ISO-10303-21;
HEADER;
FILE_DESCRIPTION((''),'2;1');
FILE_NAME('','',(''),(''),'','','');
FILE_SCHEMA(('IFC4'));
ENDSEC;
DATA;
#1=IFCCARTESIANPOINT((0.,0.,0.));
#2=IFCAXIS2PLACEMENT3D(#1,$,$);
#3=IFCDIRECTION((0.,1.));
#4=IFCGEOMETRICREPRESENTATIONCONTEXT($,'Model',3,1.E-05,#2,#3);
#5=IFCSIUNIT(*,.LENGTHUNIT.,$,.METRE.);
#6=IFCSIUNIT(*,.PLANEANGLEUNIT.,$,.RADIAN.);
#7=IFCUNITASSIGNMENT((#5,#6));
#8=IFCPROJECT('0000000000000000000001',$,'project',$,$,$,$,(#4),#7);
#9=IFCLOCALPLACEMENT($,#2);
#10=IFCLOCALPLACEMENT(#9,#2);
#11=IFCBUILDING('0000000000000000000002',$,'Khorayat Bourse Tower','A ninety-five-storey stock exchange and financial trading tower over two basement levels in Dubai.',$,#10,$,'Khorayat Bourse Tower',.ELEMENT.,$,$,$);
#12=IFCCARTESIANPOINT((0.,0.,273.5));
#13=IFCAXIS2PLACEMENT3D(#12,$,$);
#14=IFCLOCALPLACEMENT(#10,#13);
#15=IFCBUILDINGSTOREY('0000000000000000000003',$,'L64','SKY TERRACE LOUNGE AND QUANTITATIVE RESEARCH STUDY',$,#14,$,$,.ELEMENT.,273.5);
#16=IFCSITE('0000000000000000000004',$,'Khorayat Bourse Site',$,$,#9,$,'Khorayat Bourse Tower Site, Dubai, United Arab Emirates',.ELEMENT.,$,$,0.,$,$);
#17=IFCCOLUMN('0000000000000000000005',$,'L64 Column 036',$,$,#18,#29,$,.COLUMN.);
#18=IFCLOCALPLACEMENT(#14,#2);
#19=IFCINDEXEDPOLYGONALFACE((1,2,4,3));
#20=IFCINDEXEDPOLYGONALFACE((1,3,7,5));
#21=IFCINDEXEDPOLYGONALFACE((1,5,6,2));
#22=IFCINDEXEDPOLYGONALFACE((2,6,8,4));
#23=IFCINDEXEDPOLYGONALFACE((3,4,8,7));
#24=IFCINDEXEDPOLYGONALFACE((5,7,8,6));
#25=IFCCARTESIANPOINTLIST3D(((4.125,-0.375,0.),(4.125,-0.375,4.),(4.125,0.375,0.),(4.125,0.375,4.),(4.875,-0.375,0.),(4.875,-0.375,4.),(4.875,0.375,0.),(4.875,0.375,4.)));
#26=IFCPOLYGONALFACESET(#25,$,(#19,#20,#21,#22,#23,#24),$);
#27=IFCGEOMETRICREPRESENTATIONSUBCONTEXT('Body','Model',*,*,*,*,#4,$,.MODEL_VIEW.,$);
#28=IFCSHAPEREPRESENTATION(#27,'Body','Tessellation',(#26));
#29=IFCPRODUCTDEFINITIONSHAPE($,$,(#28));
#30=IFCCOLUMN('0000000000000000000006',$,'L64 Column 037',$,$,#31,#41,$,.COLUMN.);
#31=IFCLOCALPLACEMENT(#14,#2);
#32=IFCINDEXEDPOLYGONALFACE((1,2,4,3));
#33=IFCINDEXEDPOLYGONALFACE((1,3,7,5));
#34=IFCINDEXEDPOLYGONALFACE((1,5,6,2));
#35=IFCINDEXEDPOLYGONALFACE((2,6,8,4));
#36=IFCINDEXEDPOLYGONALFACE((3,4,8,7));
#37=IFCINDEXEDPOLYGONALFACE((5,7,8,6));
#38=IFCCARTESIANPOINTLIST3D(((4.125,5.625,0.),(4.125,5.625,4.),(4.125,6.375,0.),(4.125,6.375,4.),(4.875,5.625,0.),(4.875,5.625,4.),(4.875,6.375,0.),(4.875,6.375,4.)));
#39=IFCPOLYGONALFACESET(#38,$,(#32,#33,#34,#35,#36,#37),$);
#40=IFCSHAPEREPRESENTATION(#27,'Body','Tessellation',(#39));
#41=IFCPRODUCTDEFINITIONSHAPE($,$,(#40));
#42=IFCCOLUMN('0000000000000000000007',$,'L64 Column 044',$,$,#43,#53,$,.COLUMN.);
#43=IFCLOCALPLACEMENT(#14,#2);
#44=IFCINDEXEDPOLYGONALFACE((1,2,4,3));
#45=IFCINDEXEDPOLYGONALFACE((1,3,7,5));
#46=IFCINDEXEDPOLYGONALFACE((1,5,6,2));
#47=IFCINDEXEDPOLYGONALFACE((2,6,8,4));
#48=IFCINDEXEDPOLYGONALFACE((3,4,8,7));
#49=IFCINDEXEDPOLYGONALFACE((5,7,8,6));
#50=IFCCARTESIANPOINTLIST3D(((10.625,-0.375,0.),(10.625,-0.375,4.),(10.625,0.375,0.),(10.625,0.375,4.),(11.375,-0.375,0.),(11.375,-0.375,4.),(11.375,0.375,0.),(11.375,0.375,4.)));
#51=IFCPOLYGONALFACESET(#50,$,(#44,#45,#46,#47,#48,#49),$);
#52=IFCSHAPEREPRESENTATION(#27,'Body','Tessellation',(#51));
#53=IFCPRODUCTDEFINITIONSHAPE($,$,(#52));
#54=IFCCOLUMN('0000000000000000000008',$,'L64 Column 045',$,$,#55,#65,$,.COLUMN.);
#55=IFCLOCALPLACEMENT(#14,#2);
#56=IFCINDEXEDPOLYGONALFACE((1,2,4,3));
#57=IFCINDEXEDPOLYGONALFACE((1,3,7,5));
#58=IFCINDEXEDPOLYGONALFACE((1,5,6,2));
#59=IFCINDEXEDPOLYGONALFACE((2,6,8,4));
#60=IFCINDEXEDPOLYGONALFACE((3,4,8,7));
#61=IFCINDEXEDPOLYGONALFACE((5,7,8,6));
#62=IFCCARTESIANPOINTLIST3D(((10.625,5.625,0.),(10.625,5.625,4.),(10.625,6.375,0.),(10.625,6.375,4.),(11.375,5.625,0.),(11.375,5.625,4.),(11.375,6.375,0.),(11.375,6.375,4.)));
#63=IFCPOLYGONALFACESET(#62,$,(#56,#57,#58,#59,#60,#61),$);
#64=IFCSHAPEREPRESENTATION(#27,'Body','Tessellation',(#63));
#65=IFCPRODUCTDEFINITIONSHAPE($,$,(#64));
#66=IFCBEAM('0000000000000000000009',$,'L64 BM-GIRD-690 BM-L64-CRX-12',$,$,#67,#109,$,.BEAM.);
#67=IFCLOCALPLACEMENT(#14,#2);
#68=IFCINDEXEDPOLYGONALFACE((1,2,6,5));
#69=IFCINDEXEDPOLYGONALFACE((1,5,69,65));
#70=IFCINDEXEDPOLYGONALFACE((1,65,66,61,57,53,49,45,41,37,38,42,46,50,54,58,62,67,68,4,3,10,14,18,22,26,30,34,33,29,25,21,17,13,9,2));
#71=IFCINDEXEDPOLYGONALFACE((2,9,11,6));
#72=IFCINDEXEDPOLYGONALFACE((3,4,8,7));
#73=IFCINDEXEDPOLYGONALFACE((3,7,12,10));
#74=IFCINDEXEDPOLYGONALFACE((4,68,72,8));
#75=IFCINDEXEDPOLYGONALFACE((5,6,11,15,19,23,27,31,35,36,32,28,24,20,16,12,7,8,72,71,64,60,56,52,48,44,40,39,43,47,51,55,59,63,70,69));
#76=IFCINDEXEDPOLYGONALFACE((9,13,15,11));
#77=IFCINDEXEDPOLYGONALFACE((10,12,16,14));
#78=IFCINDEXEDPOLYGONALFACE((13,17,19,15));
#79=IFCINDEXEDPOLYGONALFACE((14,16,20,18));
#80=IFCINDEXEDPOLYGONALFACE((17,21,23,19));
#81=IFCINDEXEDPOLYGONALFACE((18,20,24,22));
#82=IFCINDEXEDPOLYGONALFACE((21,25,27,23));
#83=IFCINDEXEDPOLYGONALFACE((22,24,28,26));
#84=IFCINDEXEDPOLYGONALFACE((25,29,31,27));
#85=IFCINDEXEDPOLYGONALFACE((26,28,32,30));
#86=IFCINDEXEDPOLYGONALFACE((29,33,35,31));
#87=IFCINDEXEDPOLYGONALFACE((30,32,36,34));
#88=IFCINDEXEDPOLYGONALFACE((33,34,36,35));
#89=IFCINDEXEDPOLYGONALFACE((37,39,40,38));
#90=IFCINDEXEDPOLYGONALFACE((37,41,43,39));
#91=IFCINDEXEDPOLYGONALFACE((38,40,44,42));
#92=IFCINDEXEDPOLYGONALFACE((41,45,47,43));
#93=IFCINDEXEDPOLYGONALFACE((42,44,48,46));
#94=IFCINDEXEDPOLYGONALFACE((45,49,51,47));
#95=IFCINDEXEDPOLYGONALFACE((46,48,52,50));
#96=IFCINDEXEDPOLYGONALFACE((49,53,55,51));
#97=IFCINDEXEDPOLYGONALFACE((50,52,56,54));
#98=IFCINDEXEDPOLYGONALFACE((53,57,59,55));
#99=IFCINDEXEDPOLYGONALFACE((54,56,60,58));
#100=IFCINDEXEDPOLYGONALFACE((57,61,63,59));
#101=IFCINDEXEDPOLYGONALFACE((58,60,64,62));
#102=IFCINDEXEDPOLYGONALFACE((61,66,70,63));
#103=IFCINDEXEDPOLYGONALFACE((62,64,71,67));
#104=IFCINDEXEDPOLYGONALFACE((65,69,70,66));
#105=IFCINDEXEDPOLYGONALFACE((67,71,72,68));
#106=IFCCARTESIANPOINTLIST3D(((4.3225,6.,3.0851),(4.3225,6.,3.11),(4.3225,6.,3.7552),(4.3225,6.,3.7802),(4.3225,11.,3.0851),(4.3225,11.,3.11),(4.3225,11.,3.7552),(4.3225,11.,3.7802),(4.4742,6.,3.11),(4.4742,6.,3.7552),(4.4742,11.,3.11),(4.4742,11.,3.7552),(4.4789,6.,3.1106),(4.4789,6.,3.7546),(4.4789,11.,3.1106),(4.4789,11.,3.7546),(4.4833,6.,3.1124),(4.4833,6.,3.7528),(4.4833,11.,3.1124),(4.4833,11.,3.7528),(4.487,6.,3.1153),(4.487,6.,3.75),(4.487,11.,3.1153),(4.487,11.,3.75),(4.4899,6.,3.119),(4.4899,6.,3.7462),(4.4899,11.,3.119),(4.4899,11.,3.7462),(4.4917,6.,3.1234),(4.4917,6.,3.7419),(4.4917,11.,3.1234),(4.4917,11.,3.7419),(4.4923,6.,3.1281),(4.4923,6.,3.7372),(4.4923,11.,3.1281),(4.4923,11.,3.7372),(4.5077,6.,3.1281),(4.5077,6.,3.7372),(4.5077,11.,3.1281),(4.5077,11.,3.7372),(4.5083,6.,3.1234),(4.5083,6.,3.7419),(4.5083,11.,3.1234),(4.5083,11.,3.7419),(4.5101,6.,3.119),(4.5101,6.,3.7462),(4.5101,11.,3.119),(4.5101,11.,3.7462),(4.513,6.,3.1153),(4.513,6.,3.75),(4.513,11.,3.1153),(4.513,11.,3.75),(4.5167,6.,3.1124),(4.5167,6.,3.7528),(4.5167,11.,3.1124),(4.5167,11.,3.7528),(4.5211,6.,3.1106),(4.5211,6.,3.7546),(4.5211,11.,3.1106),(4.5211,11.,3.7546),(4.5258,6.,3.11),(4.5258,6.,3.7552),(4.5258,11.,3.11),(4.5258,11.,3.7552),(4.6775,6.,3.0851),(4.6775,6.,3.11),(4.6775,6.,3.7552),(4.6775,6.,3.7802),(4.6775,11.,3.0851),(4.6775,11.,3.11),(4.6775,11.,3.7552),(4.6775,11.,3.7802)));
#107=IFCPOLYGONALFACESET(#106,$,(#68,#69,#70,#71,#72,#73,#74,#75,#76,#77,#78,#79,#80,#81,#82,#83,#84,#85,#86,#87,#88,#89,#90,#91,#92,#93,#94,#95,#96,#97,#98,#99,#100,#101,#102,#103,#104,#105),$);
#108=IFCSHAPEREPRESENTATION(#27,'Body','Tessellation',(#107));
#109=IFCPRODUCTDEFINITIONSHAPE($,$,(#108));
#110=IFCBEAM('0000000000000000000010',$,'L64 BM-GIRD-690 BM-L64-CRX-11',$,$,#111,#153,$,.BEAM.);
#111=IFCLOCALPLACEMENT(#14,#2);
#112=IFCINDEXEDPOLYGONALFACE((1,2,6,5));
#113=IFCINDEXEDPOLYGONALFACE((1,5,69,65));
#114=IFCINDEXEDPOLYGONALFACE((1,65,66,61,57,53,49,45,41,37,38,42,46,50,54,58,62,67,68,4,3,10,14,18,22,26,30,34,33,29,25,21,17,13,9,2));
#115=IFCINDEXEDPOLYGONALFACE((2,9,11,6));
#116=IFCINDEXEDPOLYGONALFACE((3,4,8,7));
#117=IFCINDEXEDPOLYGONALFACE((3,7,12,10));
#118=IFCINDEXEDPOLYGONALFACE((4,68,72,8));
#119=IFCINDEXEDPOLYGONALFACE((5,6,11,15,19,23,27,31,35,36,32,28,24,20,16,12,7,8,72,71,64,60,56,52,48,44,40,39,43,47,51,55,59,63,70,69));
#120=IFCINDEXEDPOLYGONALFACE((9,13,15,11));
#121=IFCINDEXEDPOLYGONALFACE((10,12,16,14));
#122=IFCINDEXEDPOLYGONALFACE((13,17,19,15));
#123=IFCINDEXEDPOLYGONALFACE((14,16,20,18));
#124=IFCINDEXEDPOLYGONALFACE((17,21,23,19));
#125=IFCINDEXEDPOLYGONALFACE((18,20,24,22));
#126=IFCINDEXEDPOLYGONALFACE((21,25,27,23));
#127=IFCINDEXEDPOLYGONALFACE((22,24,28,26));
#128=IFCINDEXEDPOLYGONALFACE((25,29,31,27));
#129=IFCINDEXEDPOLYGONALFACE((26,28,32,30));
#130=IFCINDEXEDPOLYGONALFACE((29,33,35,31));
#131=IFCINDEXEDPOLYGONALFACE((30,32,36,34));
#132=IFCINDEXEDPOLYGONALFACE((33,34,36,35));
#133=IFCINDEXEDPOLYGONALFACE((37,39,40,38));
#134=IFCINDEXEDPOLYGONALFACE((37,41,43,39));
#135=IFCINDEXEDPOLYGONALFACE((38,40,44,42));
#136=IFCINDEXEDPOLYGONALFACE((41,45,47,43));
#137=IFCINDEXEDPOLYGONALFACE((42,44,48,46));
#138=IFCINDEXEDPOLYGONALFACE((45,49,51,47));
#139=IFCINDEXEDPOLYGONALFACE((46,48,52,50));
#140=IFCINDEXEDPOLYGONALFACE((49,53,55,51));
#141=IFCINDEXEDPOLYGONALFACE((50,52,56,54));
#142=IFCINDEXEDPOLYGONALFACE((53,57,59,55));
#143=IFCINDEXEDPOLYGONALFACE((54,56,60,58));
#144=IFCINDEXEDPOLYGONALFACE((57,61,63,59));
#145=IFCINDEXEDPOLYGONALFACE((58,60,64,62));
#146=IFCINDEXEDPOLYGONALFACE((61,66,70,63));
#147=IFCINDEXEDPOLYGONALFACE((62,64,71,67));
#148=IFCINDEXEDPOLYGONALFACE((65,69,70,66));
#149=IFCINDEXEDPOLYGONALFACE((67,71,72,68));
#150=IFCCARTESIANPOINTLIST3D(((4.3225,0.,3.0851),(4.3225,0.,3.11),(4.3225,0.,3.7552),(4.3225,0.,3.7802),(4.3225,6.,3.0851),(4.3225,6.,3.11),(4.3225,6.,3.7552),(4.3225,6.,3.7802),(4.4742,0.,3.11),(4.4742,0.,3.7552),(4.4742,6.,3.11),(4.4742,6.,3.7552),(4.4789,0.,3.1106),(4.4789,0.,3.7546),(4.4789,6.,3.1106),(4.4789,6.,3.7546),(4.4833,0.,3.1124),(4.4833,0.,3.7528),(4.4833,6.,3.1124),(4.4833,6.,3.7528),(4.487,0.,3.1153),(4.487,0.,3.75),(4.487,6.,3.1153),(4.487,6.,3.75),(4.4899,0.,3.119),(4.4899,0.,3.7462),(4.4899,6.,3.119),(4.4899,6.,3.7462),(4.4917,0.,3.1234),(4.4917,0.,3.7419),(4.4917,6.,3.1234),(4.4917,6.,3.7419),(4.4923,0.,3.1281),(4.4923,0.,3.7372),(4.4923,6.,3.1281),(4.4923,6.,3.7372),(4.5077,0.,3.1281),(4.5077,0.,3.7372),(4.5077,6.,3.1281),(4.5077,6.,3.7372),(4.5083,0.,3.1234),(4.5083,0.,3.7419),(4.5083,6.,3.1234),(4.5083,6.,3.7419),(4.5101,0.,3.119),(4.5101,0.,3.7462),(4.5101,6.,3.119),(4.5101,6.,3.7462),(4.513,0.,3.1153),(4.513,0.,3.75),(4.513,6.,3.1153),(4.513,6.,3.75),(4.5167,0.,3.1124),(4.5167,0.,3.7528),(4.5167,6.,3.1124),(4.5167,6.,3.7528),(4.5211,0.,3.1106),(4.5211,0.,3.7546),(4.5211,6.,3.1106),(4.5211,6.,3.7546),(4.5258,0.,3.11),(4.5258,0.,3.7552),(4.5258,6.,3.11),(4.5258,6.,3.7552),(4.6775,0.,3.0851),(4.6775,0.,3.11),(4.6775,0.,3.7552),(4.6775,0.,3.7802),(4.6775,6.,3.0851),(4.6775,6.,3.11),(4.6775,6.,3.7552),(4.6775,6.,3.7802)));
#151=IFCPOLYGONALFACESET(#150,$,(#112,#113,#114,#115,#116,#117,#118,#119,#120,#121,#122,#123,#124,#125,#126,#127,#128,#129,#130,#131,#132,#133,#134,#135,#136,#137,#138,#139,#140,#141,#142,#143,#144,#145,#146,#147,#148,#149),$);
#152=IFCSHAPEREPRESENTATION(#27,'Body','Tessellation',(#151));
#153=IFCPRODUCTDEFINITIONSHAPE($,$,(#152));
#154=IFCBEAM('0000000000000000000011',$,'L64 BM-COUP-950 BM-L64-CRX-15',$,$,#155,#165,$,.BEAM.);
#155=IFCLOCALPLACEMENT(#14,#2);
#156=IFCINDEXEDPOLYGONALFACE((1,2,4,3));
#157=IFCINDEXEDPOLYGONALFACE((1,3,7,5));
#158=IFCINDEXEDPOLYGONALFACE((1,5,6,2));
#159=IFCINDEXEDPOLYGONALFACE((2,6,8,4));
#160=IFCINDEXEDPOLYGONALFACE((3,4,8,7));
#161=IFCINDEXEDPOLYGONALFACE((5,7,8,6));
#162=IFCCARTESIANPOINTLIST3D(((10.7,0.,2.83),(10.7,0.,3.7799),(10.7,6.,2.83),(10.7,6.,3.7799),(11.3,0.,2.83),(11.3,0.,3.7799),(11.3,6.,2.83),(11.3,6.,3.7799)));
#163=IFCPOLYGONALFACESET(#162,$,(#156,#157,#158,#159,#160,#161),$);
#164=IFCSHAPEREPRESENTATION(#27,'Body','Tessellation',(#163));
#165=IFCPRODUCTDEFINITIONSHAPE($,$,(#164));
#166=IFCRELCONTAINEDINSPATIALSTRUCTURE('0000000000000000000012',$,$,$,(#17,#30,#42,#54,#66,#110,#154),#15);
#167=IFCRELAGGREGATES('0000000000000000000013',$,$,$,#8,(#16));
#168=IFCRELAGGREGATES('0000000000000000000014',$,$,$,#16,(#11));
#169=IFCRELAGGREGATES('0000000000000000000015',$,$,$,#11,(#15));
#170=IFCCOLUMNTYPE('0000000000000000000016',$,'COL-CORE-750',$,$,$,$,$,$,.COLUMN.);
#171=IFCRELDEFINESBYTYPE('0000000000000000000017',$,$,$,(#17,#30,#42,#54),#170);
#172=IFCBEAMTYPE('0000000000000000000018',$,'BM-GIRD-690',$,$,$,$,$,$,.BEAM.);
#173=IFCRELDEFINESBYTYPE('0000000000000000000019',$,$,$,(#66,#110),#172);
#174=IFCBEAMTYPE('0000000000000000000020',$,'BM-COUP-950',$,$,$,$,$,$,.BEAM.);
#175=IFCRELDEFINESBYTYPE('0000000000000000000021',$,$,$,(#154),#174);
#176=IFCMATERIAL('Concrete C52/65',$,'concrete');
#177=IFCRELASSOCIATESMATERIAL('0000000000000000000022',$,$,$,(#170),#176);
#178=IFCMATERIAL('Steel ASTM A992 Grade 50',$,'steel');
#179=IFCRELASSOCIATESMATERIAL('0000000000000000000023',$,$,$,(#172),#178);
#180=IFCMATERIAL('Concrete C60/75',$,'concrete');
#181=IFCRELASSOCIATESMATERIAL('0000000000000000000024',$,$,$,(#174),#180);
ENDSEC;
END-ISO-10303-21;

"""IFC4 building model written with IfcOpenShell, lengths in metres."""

from ifc_helpers import new_model, si_unit, direction, frame, origin, origin_2d, place, context, subcontext, project, spatial, rectangle, i_section, extrude, source, transform, mapped, material, material_profile, profile_set, type_object, element, save


model = new_model("IFC4")

# Units and contexts
model_context = context("Model", 3, precision=1e-05, world=origin(), true_north=direction((0.0, 1.0)))
body_context = subcontext(model_context, "Body", "Model", "MODEL_VIEW")
ifc_project = project(units=[si_unit("LENGTHUNIT", "METRE"), si_unit("PLANEANGLEUNIT", "RADIAN")], contexts=[model_context])

# Site, building, storey
site_placement = place(None, origin())
site = spatial("IfcSite", under=ifc_project, at=site_placement, Name="Khorayat Bourse Site", LongName="Khorayat Bourse Tower Site, Dubai, United Arab Emirates", CompositionType="ELEMENT", RefElevation=0.0)
building_placement = place(site_placement, origin())
building = spatial("IfcBuilding", under=site, at=building_placement, Name="Khorayat Bourse Tower", Description="A ninety-five-storey stock exchange and financial trading tower over two basement levels in Dubai.", LongName="Khorayat Bourse Tower", CompositionType="ELEMENT")
storey_placement = place(building_placement, frame((0.0, 0.0, 273.5)))
storey = spatial("IfcBuildingStorey", under=building, at=storey_placement, Name="L64", Description="SKY TERRACE LOUNGE AND QUANTITATIVE RESEARCH STUDY", CompositionType="ELEMENT", Elevation=273.5)

# Columns
ifc_material_1 = material(Name="Concrete C52/65", Category="concrete")
ifc_material_profile_1 = material_profile(ifc_material_1, rectangle(XDim=0.75, YDim=0.75, at=origin_2d()), Name="RC 750x750")
ifc_profile_set_1 = profile_set([ifc_material_profile_1], Name="Concrete C52/65")
column_type = type_object("IfcColumnType", Name="COL-CORE-750", PredefinedType="COLUMN", material=ifc_profile_set_1)
shared_shape_1 = source(origin(), body_context, "Body", "SweptSolid", [
    extrude(rectangle(XDim=0.75, YDim=0.75, at=origin_2d()), origin(), (0.0, 0.0, 1.0), 4.0),
])
for number, where, z_axis, x_axis, name in (
    (1, (4.5, 0.0, 0.0), (0.0, 0.0, 1.0), (1.0, 0.0, 0.0), "L64 Column 036"),
    (2, (4.5, 6.0, 0.0), (0.0, 0.0, 1.0), (1.0, 0.0, 0.0), "L64 Column 037"),
    (3, (11.0, 0.0, 0.0), (0.0, 0.0, 1.0), (1.0, 0.0, 0.0), "L64 Column 044"),
    (4, (11.0, 6.0, 0.0), (0.0, 0.0, 1.0), (1.0, 0.0, 0.0), "L64 Column 045"),
):
    element("IfcColumn", number, at=place(storey_placement, frame(where, z_axis=z_axis, x_axis=x_axis)), inside=storey, type_object=column_type, Name=name, PredefinedType="COLUMN", context=body_context, shape_type="MappedRepresentation", body=[
        mapped(shared_shape_1, transform((0.0, 0.0, 0.0), scale=1.0)),
    ])

# Beams
ifc_material_2 = material(Name="Steel ASTM A992 Grade 50", Category="steel")
ifc_material_profile_2 = material_profile(ifc_material_2, i_section(OverallWidth=0.355, OverallDepth=0.6951, WebThickness=0.0154, FlangeThickness=0.0249, FilletRadius=0.0181, at=origin_2d()), Name="W690X217")
ifc_profile_set_2 = profile_set([ifc_material_profile_2], Name="Steel ASTM A992 Grade 50")
beam_type_1 = type_object("IfcBeamType", Name="BM-GIRD-690", PredefinedType="BEAM", material=ifc_profile_set_2)
shared_shape_2 = source(origin(), body_context, "Body", "SweptSolid", [
    extrude(i_section(OverallWidth=0.355, OverallDepth=0.6951, WebThickness=0.0154, FlangeThickness=0.0249, FilletRadius=0.0181, at=origin_2d()), origin(), (0.0, 0.0, 1.0), 5.0),
])
beam_1_placement = place(storey_placement, frame((4.5, 6.0, 3.4326), z_axis=(0.0, 1.0, 0.0), x_axis=(-1.0, 0.0, 0.0)))
element("IfcBeam", 5, at=beam_1_placement, inside=storey, type_object=beam_type_1, Name="L64 BM-GIRD-690 BM-L64-CRX-12", PredefinedType="BEAM", context=body_context, shape_type="MappedRepresentation", body=[
    mapped(shared_shape_2, transform((0.0, 0.0, 0.0), scale=1.0)),
])
shared_shape_3 = source(origin(), body_context, "Body", "SweptSolid", [
    extrude(i_section(OverallWidth=0.355, OverallDepth=0.6951, WebThickness=0.0154, FlangeThickness=0.0249, FilletRadius=0.0181, at=origin_2d()), origin(), (0.0, 0.0, 1.0), 6.0),
])
beam_2_placement = place(storey_placement, frame((4.5, 0.0, 3.4326), z_axis=(0.0, 1.0, 0.0), x_axis=(-1.0, 0.0, 0.0)))
element("IfcBeam", 6, at=beam_2_placement, inside=storey, type_object=beam_type_1, Name="L64 BM-GIRD-690 BM-L64-CRX-11", PredefinedType="BEAM", context=body_context, shape_type="MappedRepresentation", body=[
    mapped(shared_shape_3, transform((0.0, 0.0, 0.0), scale=1.0)),
])
ifc_material_3 = material(Name="Concrete C60/75", Category="concrete")
ifc_material_profile_3 = material_profile(ifc_material_3, rectangle(XDim=0.6001, YDim=0.95, at=origin_2d()), Name="RC 600x950")
ifc_profile_set_3 = profile_set([ifc_material_profile_3], Name="Concrete C60/75")
beam_type_2 = type_object("IfcBeamType", Name="BM-COUP-950", PredefinedType="BEAM", material=ifc_profile_set_3)
shared_shape_4 = source(origin(), body_context, "Body", "SweptSolid", [
    extrude(rectangle(XDim=0.6001, YDim=0.95, at=origin_2d()), origin(), (0.0, 0.0, 1.0), 6.0),
])
beam_3_placement = place(storey_placement, frame((11.0, 0.0, 3.3049), z_axis=(0.0, 1.0, 0.0), x_axis=(-1.0, 0.0, 0.0)))
element("IfcBeam", 7, at=beam_3_placement, inside=storey, type_object=beam_type_2, Name="L64 BM-COUP-950 BM-L64-CRX-15", PredefinedType="BEAM", context=body_context, shape_type="MappedRepresentation", body=[
    mapped(shared_shape_4, transform((0.0, 0.0, 0.0), scale=1.0)),
])

save(model, "model.ifc")
